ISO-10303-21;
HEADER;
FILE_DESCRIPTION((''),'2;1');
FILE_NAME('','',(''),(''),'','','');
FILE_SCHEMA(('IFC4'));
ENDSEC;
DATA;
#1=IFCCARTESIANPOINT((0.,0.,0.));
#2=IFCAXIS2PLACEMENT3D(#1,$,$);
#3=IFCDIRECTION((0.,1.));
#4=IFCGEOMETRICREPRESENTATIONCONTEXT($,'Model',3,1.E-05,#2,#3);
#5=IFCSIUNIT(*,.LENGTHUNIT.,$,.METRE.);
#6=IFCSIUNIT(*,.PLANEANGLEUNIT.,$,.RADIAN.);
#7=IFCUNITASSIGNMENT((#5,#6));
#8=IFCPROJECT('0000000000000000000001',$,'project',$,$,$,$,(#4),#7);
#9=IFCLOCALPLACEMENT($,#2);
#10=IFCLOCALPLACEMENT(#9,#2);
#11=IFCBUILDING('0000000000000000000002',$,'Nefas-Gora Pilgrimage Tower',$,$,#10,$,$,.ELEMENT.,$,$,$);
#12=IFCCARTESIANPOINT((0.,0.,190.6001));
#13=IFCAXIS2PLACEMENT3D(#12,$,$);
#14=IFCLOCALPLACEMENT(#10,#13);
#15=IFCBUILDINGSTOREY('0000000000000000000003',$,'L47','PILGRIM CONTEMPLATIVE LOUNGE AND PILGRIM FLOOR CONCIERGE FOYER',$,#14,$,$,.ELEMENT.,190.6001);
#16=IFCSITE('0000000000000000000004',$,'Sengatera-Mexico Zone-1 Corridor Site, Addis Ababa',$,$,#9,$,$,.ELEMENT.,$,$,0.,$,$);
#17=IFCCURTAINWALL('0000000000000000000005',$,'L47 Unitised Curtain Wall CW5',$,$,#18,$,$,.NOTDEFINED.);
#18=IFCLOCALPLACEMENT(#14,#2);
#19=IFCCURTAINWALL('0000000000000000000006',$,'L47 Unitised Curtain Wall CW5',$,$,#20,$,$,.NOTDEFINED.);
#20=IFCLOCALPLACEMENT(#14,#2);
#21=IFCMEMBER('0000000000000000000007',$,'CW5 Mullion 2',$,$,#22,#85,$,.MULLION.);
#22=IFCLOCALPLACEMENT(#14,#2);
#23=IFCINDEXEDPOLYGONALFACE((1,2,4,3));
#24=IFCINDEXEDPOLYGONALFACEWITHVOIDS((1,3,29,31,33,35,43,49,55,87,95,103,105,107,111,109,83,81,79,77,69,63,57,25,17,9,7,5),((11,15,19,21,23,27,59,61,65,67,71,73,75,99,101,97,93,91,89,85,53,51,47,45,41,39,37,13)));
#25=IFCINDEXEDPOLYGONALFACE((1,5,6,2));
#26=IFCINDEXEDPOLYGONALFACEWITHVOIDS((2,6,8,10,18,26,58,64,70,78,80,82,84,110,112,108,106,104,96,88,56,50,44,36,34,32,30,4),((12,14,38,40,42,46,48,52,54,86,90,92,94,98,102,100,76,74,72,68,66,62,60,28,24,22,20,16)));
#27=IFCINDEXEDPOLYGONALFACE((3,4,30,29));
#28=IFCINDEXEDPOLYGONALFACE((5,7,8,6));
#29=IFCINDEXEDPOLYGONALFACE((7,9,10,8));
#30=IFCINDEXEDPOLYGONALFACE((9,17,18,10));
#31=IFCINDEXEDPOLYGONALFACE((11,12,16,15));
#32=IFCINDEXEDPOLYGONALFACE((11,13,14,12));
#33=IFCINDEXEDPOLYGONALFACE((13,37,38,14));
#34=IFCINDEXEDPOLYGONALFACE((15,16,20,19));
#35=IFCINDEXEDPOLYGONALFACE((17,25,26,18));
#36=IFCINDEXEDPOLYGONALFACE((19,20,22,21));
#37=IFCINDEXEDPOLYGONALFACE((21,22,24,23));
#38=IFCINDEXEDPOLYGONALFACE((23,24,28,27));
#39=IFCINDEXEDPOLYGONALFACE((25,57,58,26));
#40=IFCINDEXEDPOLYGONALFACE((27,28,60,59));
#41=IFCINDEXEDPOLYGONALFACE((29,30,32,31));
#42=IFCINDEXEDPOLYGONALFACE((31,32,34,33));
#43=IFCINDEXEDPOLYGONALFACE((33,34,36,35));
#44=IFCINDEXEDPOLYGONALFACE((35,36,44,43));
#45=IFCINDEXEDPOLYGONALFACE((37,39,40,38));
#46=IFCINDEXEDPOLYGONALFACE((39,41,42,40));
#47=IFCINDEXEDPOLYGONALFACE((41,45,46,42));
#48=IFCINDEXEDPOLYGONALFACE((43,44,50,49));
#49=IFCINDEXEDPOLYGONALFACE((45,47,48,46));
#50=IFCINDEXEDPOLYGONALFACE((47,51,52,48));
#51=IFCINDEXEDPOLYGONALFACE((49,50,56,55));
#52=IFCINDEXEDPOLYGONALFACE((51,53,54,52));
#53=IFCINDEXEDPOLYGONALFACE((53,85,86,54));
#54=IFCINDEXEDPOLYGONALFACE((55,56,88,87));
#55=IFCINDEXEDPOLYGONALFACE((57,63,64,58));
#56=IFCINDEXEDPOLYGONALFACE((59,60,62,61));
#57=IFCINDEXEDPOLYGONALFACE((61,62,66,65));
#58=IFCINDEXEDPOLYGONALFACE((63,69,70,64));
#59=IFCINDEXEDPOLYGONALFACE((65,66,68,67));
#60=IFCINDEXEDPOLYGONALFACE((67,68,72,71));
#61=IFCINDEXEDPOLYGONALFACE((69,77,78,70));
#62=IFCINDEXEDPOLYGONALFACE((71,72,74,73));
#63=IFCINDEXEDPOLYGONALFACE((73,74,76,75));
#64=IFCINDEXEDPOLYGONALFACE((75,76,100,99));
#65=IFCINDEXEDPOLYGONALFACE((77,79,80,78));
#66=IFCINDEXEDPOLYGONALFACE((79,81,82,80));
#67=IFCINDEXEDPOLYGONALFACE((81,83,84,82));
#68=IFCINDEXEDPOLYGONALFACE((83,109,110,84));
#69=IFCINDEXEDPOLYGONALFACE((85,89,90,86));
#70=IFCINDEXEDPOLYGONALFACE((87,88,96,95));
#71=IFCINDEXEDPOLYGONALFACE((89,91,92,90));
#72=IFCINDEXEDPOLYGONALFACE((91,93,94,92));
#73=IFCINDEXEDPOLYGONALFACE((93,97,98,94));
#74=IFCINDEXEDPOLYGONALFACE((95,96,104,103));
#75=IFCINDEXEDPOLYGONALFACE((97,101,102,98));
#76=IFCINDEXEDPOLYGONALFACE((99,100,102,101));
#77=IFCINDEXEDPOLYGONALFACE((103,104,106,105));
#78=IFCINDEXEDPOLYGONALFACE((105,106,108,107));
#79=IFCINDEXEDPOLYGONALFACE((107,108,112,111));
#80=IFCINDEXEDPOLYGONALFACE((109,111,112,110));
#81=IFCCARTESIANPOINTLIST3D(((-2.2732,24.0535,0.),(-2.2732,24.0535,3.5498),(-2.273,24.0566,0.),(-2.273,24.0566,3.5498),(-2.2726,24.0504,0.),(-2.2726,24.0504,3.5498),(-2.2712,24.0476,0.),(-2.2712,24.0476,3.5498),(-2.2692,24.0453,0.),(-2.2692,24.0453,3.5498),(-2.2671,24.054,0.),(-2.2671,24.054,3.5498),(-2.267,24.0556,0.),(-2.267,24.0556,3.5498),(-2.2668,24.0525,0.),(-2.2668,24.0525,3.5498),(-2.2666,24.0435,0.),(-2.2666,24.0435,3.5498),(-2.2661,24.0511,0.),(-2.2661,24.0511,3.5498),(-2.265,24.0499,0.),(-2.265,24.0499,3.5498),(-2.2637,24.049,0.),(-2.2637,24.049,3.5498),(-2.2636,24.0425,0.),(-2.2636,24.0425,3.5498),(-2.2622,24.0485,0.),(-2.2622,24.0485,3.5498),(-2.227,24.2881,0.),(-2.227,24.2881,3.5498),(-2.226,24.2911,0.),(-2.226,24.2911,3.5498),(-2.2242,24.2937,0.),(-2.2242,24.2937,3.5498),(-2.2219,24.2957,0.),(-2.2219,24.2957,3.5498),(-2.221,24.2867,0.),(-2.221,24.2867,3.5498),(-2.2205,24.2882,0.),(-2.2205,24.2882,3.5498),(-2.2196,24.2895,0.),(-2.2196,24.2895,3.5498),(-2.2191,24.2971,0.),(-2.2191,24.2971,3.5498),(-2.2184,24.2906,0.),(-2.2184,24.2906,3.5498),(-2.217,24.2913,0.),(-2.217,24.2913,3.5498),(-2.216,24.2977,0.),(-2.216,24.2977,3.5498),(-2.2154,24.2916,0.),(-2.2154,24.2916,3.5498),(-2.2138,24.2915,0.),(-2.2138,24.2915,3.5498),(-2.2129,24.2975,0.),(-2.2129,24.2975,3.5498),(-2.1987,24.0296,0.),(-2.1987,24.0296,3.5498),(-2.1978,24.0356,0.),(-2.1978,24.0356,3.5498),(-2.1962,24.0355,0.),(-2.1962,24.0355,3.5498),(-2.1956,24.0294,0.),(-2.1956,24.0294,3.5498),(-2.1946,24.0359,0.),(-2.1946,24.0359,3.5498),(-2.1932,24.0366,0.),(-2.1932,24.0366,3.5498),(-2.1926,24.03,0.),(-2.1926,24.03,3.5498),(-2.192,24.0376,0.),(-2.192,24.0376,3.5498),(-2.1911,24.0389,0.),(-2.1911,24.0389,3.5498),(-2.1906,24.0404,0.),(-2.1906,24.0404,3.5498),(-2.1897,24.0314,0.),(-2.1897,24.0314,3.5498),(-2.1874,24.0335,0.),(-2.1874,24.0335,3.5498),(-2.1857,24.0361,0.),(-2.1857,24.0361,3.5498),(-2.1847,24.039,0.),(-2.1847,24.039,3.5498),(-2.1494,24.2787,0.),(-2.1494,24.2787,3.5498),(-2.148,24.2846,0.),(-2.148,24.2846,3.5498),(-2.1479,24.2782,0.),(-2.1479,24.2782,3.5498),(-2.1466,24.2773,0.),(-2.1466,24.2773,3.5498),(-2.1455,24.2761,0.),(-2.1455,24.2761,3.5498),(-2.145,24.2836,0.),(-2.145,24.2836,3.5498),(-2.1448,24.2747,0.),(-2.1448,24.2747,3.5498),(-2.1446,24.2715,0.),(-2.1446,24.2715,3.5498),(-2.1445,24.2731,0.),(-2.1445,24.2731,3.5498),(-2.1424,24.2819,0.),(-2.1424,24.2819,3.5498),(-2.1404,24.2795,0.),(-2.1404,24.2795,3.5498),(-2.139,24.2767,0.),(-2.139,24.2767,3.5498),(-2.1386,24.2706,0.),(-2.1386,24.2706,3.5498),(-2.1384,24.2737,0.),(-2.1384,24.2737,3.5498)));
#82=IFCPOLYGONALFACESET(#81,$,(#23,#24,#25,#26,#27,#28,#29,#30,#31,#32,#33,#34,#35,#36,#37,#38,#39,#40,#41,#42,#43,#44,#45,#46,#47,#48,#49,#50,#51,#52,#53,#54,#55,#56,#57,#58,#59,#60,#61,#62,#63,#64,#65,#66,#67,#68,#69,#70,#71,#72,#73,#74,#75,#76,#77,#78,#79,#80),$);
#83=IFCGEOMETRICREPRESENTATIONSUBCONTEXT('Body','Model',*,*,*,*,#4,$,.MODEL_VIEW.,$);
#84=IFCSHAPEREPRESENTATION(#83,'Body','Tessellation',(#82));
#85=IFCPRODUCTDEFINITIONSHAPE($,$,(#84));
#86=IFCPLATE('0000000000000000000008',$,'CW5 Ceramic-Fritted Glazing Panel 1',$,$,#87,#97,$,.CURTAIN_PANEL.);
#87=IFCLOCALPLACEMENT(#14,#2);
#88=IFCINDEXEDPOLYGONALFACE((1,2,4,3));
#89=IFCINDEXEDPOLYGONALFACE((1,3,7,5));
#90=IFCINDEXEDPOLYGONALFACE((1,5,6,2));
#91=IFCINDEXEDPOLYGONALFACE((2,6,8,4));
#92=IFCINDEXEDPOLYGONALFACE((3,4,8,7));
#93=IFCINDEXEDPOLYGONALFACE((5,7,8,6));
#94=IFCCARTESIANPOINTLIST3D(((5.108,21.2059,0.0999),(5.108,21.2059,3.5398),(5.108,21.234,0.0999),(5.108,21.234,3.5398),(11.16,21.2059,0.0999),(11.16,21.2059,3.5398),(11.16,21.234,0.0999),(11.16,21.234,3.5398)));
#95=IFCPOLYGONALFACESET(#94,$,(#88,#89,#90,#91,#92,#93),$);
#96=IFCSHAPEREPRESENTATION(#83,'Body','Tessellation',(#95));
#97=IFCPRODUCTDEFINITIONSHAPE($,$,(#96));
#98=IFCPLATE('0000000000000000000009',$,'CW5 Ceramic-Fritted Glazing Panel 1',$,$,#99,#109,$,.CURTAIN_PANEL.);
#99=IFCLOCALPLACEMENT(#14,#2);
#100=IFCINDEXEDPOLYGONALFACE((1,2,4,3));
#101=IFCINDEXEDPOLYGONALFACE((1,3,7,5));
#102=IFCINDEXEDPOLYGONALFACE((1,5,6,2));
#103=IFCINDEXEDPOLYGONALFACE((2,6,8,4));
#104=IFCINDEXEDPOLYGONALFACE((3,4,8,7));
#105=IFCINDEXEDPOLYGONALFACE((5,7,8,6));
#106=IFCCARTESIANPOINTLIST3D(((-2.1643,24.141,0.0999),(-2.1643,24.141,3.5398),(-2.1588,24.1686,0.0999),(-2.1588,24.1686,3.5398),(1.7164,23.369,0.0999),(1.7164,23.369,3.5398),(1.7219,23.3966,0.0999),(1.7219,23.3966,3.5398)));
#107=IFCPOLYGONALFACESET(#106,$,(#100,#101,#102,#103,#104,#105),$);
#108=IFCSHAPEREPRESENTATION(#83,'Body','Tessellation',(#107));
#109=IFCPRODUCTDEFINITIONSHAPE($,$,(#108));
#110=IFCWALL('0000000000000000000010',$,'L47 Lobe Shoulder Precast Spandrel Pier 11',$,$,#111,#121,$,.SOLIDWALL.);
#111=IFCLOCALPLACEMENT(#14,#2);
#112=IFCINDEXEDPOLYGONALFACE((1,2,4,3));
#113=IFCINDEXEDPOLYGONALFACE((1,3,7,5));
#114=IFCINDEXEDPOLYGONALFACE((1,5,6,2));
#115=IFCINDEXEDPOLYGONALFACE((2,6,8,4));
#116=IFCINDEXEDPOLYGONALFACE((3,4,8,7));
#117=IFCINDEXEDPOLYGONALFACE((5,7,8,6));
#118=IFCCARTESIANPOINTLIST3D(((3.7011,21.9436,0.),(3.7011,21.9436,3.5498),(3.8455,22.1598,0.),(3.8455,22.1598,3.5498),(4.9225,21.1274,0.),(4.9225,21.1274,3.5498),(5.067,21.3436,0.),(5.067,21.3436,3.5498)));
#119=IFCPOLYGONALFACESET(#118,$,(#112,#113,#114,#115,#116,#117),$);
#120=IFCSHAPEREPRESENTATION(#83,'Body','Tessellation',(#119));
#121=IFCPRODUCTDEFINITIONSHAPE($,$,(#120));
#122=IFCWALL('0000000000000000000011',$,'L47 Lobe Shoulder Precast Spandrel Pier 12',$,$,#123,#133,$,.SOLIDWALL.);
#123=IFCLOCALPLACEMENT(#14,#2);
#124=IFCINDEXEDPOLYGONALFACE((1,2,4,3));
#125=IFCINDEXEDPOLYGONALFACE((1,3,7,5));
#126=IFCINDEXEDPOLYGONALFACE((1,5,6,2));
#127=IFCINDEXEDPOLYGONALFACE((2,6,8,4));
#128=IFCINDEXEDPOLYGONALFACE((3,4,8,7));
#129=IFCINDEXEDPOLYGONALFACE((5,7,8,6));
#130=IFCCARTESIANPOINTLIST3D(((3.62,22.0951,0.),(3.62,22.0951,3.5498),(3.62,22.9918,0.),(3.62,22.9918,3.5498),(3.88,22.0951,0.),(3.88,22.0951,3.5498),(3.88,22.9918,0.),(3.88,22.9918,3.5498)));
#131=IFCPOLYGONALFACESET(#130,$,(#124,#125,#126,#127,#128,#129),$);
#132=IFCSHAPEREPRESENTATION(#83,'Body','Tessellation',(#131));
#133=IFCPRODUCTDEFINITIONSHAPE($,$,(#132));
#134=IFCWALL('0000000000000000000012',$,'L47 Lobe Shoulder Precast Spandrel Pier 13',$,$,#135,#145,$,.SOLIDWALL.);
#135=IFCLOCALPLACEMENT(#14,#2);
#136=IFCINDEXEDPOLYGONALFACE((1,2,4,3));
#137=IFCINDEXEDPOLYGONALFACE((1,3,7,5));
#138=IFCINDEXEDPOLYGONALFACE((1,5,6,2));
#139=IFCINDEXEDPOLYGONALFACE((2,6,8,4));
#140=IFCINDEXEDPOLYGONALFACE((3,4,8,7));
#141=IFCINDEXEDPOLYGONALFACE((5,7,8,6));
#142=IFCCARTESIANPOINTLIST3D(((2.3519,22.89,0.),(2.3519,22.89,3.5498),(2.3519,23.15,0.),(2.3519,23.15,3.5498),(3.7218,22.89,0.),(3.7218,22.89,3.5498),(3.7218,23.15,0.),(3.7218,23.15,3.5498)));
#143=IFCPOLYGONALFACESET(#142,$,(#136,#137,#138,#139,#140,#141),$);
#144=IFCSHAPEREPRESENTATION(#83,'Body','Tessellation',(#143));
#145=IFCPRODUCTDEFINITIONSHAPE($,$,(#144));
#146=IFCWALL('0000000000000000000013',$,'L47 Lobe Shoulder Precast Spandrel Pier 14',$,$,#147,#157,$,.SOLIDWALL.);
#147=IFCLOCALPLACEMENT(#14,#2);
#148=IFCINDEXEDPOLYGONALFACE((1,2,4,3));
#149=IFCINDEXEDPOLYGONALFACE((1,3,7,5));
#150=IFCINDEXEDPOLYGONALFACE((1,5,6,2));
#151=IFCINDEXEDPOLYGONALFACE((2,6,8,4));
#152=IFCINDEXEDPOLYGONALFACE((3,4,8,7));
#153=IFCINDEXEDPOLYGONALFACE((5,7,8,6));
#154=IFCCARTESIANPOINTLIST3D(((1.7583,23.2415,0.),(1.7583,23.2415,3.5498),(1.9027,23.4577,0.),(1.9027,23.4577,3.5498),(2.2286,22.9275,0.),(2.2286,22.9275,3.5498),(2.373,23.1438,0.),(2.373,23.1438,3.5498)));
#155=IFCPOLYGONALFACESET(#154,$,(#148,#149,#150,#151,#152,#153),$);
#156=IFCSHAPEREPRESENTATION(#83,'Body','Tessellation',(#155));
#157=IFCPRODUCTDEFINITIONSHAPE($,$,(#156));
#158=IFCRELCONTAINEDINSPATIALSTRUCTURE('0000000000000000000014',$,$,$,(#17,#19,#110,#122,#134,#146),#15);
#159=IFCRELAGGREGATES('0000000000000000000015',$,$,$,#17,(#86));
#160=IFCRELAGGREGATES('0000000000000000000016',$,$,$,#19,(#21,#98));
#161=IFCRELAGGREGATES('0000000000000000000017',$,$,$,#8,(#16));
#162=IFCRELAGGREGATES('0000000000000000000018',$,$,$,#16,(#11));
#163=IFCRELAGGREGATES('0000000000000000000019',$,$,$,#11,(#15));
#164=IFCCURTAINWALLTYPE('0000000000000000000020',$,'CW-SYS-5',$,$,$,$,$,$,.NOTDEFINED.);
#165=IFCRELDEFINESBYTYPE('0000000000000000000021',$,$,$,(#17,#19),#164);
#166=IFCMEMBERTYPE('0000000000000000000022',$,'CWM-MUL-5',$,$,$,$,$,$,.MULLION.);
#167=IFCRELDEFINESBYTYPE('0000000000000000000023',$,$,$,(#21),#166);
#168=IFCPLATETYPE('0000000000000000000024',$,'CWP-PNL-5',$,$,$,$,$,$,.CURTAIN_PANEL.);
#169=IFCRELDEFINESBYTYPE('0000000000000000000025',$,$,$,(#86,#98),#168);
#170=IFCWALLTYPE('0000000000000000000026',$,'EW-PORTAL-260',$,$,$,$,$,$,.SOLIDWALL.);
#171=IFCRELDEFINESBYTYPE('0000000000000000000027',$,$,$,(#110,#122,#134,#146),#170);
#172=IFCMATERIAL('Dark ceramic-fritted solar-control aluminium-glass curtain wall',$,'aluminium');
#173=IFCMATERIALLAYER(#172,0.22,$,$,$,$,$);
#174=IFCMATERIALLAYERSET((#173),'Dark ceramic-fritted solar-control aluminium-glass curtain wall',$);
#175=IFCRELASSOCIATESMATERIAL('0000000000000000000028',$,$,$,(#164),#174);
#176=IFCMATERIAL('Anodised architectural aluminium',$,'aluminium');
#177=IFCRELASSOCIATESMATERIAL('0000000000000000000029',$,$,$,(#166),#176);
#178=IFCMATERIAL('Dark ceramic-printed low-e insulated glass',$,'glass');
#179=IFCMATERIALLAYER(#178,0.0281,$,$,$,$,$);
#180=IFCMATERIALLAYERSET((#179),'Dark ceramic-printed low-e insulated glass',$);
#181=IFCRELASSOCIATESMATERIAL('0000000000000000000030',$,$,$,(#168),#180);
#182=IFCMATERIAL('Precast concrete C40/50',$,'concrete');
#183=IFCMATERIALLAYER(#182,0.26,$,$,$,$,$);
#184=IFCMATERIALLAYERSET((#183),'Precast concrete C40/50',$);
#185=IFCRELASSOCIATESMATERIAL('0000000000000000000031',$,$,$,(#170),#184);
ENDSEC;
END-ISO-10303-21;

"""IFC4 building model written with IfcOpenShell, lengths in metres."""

from ifc_helpers import new_model, si_unit, direction, frame, frame_2d, origin, origin_2d, place, context, subcontext, project, spatial, rectangle, hollow_rectangle, extrude, source, transform, mapped, material, layer, layer_set, material_profile, profile_set, type_object, element, aggregate, save


model = new_model("IFC4")

# Units and contexts
model_context = context("Model", 3, precision=1e-05, world=origin(), true_north=direction((0.0, 1.0)))
body_context = subcontext(model_context, "Body", "Model", "MODEL_VIEW")
ifc_project = project(units=[si_unit("LENGTHUNIT", "METRE"), si_unit("PLANEANGLEUNIT", "RADIAN")], contexts=[model_context])

# Site, building, storey
site_placement = place(None, origin())
site = spatial("IfcSite", under=ifc_project, at=site_placement, Name="Sengatera-Mexico Zone-1 Corridor Site, Addis Ababa", CompositionType="ELEMENT", RefElevation=0.0)
building_placement = place(site_placement, origin())
building = spatial("IfcBuilding", under=site, at=building_placement, Name="Nefas-Gora Pilgrimage Tower", CompositionType="ELEMENT")
storey_placement = place(building_placement, frame((0.0, 0.0, 190.6001)))
storey = spatial("IfcBuildingStorey", under=building, at=storey_placement, Name="L47", Description="PILGRIM CONTEMPLATIVE LOUNGE AND PILGRIM FLOOR CONCIERGE FOYER", CompositionType="ELEMENT", Elevation=190.6001)

# Curtain walls
ifc_material_1 = material(Name="Dark ceramic-fritted solar-control aluminium-glass curtain wall", Category="aluminium")
ifc_layer_1 = layer(ifc_material_1, 0.22)
ifc_layer_set_1 = layer_set([ifc_layer_1], Name="Dark ceramic-fritted solar-control aluminium-glass curtain wall")
curtain_wall_type = type_object("IfcCurtainWallType", Name="CW-SYS-5", PredefinedType="NOTDEFINED", material=ifc_layer_set_1)
curtain_wall_1_placement = place(storey_placement, origin())
curtain_wall_1 = element("IfcCurtainWall", 1, at=curtain_wall_1_placement, inside=storey, type_object=curtain_wall_type, Name="L47 Unitised Curtain Wall CW5", PredefinedType="NOTDEFINED")
ifc_material_2 = material(Name="Anodised architectural aluminium", Category="aluminium")
curtain_wall_2_placement = place(storey_placement, origin())
curtain_wall_2 = element("IfcCurtainWall", 2, at=curtain_wall_2_placement, inside=storey, type_object=curtain_wall_type, Name="L47 Unitised Curtain Wall CW5", PredefinedType="NOTDEFINED")

# Member
ifc_material_profile_1 = material_profile(ifc_material_2, hollow_rectangle(XDim=0.0901, YDim=0.26, WallThickness=0.0061, InnerFilletRadius=0.0061, OuterFilletRadius=0.012, at=origin_2d()), Name="ALU MULLION 90x260")
ifc_profile_set_1 = profile_set([ifc_material_profile_1], Name="Anodised architectural aluminium")
member_type_1 = type_object("IfcMemberType", Name="CWM-MUL-5", PredefinedType="MULLION", material=ifc_profile_set_1)
shared_shape_1 = source(origin(), body_context, "Body", "SweptSolid", [
    extrude(hollow_rectangle(XDim=0.0901, YDim=0.26, WallThickness=0.0061, InnerFilletRadius=0.0061, OuterFilletRadius=0.012, at=origin_2d()), origin(), (0.0, 0.0, 1.0), 3.5498),
])
member_1_placement = place(storey_placement, frame((-2.2058, 24.1636, 0.0), z_axis=(0.0, 0.0, 1.0), x_axis=(-0.980783, 0.195102, 0.0)))
member_1 = element("IfcMember", 3, at=member_1_placement, type_object=member_type_1, Name="CW5 Mullion 2", PredefinedType="MULLION", context=body_context, shape_type="MappedRepresentation", body=[
    mapped(shared_shape_1, transform((0.0, 0.0, 0.0), x_axis=(1.0, 0.0, 0.0), y_axis=(0.0, 1.0, 0.0), z_axis=(0.0, 0.0, 1.0), scale=1.0)),
])

# Plates
ifc_material_3 = material(Name="Dark ceramic-printed low-e insulated glass", Category="glass")
ifc_layer_2 = layer(ifc_material_3, 0.0281)
ifc_layer_set_2 = layer_set([ifc_layer_2], Name="Dark ceramic-printed low-e insulated glass")
plate_type = type_object("IfcPlateType", Name="CWP-PNL-5", PredefinedType="CURTAIN_PANEL", material=ifc_layer_set_2)
shared_shape_2 = source(origin(), body_context, "Body", "SweptSolid", [
    extrude(rectangle(XDim=6.052, YDim=0.0281, at=origin_2d()), origin(), (0.0, 0.0, 1.0), 3.4399),
])
plate_1_placement = place(storey_placement, frame((8.134, 21.22, 0.0999), z_axis=(0.0, 0.0, 1.0), x_axis=(-1.0, 0.0, 0.0)))
plate_1 = element("IfcPlate", 4, at=plate_1_placement, type_object=plate_type, Name="CW5 Ceramic-Fritted Glazing Panel 1", PredefinedType="CURTAIN_PANEL", context=body_context, shape_type="MappedRepresentation", body=[
    mapped(shared_shape_2, transform((0.0, 0.0, 0.0), x_axis=(1.0, 0.0, 0.0), y_axis=(0.0, 1.0, 0.0), z_axis=(0.0, 0.0, 1.0), scale=1.0)),
])
aggregate(curtain_wall_1, [plate_1])
shared_shape_3 = source(origin(), body_context, "Body", "SweptSolid", [
    extrude(rectangle(XDim=3.9568, YDim=0.0281, at=origin_2d()), origin(), (0.0, 0.0, 1.0), 3.4399),
])
plate_2_placement = place(storey_placement, frame((-0.2212, 23.7688, 0.0999), z_axis=(0.0, 0.0, 1.0), x_axis=(-0.980783, 0.195102, 0.0)))
plate_2 = element("IfcPlate", 5, at=plate_2_placement, type_object=plate_type, Name="CW5 Ceramic-Fritted Glazing Panel 1", PredefinedType="CURTAIN_PANEL", context=body_context, shape_type="MappedRepresentation", body=[
    mapped(shared_shape_3, transform((0.0, 0.0, 0.0), x_axis=(1.0, 0.0, 0.0), y_axis=(0.0, 1.0, 0.0), z_axis=(0.0, 0.0, 1.0), scale=1.0)),
])
aggregate(curtain_wall_2, [member_1, plate_2])

# Walls
ifc_material_4 = material(Name="Precast concrete C40/50", Category="concrete")
ifc_layer_3 = layer(ifc_material_4, 0.26)
ifc_layer_set_3 = layer_set([ifc_layer_3], Name="Precast concrete C40/50")
wall_type_1 = type_object("IfcWallType", Name="EW-PORTAL-260", PredefinedType="SOLIDWALL", material=ifc_layer_set_3)
shared_shape_4 = source(origin(), body_context, "Body", "SweptSolid", [
    extrude(rectangle(XDim=1.469, YDim=0.26, at=frame_2d((0.7344, 0.0))), origin(), (0.0, 0.0, 1.0), 3.5498),
])
wall_1_placement = place(storey_placement, frame((4.9946, 21.2356, 0.0), z_axis=(0.0, 0.0, 1.0), x_axis=(-0.831462, 0.555582, 0.0)))
element("IfcWall", 6, at=wall_1_placement, inside=storey, type_object=wall_type_1, Name="L47 Lobe Shoulder Precast Spandrel Pier 11", PredefinedType="SOLIDWALL", context=body_context, shape_type="MappedRepresentation", body=[
    mapped(shared_shape_4, transform((0.0, 0.0, 0.0), x_axis=(1.0, 0.0, 0.0), y_axis=(0.0, 1.0, 0.0), z_axis=(0.0, 0.0, 1.0), scale=1.0)),
])
shared_shape_5 = source(origin(), body_context, "Body", "SweptSolid", [
    extrude(rectangle(XDim=0.8967, YDim=0.26, at=frame_2d((0.4482, 0.0))), origin(), (0.0, 0.0, 1.0), 3.5498),
])
wall_2_placement = place(storey_placement, frame((3.75, 22.0952, 0.0), z_axis=(0.0, 0.0, 1.0), x_axis=(0.0, 1.0, 0.0)))
element("IfcWall", 7, at=wall_2_placement, inside=storey, type_object=wall_type_1, Name="L47 Lobe Shoulder Precast Spandrel Pier 12", PredefinedType="SOLIDWALL", context=body_context, shape_type="MappedRepresentation", body=[
    mapped(shared_shape_5, transform((0.0, 0.0, 0.0), x_axis=(1.0, 0.0, 0.0), y_axis=(0.0, 1.0, 0.0), z_axis=(0.0, 0.0, 1.0), scale=1.0)),
])
shared_shape_6 = source(origin(), body_context, "Body", "SweptSolid", [
    extrude(rectangle(XDim=1.3699, YDim=0.26, at=frame_2d((0.6851, 0.0))), origin(), (0.0, 0.0, 1.0), 3.5498),
])
wall_3_placement = place(storey_placement, frame((3.7219, 23.02, 0.0), z_axis=(0.0, 0.0, 1.0), x_axis=(-1.0, 0.0, 0.0)))
element("IfcWall", 8, at=wall_3_placement, inside=storey, type_object=wall_type_1, Name="L47 Lobe Shoulder Precast Spandrel Pier 13", PredefinedType="SOLIDWALL", context=body_context, shape_type="MappedRepresentation", body=[
    mapped(shared_shape_6, transform((0.0, 0.0, 0.0), x_axis=(1.0, 0.0, 0.0), y_axis=(0.0, 1.0, 0.0), z_axis=(0.0, 0.0, 1.0), scale=1.0)),
])
shared_shape_7 = source(origin(), body_context, "Body", "SweptSolid", [
    extrude(rectangle(XDim=0.5654, YDim=0.26, at=frame_2d((0.2827, 0.0))), origin(), (0.0, 0.0, 1.0), 3.5498),
])
wall_4_placement = place(storey_placement, frame((2.3008, 23.0356, 0.0), z_axis=(0.0, 0.0, 1.0), x_axis=(-0.831651, 0.555298, 0.0)))
element("IfcWall", 9, at=wall_4_placement, inside=storey, type_object=wall_type_1, Name="L47 Lobe Shoulder Precast Spandrel Pier 14", PredefinedType="SOLIDWALL", context=body_context, shape_type="MappedRepresentation", body=[
    mapped(shared_shape_7, transform((0.0, 0.0, 0.0), x_axis=(1.0, 0.0, 0.0), y_axis=(0.0, 1.0, 0.0), z_axis=(0.0, 0.0, 1.0), scale=1.0)),
])

save(model, "model.ifc")
